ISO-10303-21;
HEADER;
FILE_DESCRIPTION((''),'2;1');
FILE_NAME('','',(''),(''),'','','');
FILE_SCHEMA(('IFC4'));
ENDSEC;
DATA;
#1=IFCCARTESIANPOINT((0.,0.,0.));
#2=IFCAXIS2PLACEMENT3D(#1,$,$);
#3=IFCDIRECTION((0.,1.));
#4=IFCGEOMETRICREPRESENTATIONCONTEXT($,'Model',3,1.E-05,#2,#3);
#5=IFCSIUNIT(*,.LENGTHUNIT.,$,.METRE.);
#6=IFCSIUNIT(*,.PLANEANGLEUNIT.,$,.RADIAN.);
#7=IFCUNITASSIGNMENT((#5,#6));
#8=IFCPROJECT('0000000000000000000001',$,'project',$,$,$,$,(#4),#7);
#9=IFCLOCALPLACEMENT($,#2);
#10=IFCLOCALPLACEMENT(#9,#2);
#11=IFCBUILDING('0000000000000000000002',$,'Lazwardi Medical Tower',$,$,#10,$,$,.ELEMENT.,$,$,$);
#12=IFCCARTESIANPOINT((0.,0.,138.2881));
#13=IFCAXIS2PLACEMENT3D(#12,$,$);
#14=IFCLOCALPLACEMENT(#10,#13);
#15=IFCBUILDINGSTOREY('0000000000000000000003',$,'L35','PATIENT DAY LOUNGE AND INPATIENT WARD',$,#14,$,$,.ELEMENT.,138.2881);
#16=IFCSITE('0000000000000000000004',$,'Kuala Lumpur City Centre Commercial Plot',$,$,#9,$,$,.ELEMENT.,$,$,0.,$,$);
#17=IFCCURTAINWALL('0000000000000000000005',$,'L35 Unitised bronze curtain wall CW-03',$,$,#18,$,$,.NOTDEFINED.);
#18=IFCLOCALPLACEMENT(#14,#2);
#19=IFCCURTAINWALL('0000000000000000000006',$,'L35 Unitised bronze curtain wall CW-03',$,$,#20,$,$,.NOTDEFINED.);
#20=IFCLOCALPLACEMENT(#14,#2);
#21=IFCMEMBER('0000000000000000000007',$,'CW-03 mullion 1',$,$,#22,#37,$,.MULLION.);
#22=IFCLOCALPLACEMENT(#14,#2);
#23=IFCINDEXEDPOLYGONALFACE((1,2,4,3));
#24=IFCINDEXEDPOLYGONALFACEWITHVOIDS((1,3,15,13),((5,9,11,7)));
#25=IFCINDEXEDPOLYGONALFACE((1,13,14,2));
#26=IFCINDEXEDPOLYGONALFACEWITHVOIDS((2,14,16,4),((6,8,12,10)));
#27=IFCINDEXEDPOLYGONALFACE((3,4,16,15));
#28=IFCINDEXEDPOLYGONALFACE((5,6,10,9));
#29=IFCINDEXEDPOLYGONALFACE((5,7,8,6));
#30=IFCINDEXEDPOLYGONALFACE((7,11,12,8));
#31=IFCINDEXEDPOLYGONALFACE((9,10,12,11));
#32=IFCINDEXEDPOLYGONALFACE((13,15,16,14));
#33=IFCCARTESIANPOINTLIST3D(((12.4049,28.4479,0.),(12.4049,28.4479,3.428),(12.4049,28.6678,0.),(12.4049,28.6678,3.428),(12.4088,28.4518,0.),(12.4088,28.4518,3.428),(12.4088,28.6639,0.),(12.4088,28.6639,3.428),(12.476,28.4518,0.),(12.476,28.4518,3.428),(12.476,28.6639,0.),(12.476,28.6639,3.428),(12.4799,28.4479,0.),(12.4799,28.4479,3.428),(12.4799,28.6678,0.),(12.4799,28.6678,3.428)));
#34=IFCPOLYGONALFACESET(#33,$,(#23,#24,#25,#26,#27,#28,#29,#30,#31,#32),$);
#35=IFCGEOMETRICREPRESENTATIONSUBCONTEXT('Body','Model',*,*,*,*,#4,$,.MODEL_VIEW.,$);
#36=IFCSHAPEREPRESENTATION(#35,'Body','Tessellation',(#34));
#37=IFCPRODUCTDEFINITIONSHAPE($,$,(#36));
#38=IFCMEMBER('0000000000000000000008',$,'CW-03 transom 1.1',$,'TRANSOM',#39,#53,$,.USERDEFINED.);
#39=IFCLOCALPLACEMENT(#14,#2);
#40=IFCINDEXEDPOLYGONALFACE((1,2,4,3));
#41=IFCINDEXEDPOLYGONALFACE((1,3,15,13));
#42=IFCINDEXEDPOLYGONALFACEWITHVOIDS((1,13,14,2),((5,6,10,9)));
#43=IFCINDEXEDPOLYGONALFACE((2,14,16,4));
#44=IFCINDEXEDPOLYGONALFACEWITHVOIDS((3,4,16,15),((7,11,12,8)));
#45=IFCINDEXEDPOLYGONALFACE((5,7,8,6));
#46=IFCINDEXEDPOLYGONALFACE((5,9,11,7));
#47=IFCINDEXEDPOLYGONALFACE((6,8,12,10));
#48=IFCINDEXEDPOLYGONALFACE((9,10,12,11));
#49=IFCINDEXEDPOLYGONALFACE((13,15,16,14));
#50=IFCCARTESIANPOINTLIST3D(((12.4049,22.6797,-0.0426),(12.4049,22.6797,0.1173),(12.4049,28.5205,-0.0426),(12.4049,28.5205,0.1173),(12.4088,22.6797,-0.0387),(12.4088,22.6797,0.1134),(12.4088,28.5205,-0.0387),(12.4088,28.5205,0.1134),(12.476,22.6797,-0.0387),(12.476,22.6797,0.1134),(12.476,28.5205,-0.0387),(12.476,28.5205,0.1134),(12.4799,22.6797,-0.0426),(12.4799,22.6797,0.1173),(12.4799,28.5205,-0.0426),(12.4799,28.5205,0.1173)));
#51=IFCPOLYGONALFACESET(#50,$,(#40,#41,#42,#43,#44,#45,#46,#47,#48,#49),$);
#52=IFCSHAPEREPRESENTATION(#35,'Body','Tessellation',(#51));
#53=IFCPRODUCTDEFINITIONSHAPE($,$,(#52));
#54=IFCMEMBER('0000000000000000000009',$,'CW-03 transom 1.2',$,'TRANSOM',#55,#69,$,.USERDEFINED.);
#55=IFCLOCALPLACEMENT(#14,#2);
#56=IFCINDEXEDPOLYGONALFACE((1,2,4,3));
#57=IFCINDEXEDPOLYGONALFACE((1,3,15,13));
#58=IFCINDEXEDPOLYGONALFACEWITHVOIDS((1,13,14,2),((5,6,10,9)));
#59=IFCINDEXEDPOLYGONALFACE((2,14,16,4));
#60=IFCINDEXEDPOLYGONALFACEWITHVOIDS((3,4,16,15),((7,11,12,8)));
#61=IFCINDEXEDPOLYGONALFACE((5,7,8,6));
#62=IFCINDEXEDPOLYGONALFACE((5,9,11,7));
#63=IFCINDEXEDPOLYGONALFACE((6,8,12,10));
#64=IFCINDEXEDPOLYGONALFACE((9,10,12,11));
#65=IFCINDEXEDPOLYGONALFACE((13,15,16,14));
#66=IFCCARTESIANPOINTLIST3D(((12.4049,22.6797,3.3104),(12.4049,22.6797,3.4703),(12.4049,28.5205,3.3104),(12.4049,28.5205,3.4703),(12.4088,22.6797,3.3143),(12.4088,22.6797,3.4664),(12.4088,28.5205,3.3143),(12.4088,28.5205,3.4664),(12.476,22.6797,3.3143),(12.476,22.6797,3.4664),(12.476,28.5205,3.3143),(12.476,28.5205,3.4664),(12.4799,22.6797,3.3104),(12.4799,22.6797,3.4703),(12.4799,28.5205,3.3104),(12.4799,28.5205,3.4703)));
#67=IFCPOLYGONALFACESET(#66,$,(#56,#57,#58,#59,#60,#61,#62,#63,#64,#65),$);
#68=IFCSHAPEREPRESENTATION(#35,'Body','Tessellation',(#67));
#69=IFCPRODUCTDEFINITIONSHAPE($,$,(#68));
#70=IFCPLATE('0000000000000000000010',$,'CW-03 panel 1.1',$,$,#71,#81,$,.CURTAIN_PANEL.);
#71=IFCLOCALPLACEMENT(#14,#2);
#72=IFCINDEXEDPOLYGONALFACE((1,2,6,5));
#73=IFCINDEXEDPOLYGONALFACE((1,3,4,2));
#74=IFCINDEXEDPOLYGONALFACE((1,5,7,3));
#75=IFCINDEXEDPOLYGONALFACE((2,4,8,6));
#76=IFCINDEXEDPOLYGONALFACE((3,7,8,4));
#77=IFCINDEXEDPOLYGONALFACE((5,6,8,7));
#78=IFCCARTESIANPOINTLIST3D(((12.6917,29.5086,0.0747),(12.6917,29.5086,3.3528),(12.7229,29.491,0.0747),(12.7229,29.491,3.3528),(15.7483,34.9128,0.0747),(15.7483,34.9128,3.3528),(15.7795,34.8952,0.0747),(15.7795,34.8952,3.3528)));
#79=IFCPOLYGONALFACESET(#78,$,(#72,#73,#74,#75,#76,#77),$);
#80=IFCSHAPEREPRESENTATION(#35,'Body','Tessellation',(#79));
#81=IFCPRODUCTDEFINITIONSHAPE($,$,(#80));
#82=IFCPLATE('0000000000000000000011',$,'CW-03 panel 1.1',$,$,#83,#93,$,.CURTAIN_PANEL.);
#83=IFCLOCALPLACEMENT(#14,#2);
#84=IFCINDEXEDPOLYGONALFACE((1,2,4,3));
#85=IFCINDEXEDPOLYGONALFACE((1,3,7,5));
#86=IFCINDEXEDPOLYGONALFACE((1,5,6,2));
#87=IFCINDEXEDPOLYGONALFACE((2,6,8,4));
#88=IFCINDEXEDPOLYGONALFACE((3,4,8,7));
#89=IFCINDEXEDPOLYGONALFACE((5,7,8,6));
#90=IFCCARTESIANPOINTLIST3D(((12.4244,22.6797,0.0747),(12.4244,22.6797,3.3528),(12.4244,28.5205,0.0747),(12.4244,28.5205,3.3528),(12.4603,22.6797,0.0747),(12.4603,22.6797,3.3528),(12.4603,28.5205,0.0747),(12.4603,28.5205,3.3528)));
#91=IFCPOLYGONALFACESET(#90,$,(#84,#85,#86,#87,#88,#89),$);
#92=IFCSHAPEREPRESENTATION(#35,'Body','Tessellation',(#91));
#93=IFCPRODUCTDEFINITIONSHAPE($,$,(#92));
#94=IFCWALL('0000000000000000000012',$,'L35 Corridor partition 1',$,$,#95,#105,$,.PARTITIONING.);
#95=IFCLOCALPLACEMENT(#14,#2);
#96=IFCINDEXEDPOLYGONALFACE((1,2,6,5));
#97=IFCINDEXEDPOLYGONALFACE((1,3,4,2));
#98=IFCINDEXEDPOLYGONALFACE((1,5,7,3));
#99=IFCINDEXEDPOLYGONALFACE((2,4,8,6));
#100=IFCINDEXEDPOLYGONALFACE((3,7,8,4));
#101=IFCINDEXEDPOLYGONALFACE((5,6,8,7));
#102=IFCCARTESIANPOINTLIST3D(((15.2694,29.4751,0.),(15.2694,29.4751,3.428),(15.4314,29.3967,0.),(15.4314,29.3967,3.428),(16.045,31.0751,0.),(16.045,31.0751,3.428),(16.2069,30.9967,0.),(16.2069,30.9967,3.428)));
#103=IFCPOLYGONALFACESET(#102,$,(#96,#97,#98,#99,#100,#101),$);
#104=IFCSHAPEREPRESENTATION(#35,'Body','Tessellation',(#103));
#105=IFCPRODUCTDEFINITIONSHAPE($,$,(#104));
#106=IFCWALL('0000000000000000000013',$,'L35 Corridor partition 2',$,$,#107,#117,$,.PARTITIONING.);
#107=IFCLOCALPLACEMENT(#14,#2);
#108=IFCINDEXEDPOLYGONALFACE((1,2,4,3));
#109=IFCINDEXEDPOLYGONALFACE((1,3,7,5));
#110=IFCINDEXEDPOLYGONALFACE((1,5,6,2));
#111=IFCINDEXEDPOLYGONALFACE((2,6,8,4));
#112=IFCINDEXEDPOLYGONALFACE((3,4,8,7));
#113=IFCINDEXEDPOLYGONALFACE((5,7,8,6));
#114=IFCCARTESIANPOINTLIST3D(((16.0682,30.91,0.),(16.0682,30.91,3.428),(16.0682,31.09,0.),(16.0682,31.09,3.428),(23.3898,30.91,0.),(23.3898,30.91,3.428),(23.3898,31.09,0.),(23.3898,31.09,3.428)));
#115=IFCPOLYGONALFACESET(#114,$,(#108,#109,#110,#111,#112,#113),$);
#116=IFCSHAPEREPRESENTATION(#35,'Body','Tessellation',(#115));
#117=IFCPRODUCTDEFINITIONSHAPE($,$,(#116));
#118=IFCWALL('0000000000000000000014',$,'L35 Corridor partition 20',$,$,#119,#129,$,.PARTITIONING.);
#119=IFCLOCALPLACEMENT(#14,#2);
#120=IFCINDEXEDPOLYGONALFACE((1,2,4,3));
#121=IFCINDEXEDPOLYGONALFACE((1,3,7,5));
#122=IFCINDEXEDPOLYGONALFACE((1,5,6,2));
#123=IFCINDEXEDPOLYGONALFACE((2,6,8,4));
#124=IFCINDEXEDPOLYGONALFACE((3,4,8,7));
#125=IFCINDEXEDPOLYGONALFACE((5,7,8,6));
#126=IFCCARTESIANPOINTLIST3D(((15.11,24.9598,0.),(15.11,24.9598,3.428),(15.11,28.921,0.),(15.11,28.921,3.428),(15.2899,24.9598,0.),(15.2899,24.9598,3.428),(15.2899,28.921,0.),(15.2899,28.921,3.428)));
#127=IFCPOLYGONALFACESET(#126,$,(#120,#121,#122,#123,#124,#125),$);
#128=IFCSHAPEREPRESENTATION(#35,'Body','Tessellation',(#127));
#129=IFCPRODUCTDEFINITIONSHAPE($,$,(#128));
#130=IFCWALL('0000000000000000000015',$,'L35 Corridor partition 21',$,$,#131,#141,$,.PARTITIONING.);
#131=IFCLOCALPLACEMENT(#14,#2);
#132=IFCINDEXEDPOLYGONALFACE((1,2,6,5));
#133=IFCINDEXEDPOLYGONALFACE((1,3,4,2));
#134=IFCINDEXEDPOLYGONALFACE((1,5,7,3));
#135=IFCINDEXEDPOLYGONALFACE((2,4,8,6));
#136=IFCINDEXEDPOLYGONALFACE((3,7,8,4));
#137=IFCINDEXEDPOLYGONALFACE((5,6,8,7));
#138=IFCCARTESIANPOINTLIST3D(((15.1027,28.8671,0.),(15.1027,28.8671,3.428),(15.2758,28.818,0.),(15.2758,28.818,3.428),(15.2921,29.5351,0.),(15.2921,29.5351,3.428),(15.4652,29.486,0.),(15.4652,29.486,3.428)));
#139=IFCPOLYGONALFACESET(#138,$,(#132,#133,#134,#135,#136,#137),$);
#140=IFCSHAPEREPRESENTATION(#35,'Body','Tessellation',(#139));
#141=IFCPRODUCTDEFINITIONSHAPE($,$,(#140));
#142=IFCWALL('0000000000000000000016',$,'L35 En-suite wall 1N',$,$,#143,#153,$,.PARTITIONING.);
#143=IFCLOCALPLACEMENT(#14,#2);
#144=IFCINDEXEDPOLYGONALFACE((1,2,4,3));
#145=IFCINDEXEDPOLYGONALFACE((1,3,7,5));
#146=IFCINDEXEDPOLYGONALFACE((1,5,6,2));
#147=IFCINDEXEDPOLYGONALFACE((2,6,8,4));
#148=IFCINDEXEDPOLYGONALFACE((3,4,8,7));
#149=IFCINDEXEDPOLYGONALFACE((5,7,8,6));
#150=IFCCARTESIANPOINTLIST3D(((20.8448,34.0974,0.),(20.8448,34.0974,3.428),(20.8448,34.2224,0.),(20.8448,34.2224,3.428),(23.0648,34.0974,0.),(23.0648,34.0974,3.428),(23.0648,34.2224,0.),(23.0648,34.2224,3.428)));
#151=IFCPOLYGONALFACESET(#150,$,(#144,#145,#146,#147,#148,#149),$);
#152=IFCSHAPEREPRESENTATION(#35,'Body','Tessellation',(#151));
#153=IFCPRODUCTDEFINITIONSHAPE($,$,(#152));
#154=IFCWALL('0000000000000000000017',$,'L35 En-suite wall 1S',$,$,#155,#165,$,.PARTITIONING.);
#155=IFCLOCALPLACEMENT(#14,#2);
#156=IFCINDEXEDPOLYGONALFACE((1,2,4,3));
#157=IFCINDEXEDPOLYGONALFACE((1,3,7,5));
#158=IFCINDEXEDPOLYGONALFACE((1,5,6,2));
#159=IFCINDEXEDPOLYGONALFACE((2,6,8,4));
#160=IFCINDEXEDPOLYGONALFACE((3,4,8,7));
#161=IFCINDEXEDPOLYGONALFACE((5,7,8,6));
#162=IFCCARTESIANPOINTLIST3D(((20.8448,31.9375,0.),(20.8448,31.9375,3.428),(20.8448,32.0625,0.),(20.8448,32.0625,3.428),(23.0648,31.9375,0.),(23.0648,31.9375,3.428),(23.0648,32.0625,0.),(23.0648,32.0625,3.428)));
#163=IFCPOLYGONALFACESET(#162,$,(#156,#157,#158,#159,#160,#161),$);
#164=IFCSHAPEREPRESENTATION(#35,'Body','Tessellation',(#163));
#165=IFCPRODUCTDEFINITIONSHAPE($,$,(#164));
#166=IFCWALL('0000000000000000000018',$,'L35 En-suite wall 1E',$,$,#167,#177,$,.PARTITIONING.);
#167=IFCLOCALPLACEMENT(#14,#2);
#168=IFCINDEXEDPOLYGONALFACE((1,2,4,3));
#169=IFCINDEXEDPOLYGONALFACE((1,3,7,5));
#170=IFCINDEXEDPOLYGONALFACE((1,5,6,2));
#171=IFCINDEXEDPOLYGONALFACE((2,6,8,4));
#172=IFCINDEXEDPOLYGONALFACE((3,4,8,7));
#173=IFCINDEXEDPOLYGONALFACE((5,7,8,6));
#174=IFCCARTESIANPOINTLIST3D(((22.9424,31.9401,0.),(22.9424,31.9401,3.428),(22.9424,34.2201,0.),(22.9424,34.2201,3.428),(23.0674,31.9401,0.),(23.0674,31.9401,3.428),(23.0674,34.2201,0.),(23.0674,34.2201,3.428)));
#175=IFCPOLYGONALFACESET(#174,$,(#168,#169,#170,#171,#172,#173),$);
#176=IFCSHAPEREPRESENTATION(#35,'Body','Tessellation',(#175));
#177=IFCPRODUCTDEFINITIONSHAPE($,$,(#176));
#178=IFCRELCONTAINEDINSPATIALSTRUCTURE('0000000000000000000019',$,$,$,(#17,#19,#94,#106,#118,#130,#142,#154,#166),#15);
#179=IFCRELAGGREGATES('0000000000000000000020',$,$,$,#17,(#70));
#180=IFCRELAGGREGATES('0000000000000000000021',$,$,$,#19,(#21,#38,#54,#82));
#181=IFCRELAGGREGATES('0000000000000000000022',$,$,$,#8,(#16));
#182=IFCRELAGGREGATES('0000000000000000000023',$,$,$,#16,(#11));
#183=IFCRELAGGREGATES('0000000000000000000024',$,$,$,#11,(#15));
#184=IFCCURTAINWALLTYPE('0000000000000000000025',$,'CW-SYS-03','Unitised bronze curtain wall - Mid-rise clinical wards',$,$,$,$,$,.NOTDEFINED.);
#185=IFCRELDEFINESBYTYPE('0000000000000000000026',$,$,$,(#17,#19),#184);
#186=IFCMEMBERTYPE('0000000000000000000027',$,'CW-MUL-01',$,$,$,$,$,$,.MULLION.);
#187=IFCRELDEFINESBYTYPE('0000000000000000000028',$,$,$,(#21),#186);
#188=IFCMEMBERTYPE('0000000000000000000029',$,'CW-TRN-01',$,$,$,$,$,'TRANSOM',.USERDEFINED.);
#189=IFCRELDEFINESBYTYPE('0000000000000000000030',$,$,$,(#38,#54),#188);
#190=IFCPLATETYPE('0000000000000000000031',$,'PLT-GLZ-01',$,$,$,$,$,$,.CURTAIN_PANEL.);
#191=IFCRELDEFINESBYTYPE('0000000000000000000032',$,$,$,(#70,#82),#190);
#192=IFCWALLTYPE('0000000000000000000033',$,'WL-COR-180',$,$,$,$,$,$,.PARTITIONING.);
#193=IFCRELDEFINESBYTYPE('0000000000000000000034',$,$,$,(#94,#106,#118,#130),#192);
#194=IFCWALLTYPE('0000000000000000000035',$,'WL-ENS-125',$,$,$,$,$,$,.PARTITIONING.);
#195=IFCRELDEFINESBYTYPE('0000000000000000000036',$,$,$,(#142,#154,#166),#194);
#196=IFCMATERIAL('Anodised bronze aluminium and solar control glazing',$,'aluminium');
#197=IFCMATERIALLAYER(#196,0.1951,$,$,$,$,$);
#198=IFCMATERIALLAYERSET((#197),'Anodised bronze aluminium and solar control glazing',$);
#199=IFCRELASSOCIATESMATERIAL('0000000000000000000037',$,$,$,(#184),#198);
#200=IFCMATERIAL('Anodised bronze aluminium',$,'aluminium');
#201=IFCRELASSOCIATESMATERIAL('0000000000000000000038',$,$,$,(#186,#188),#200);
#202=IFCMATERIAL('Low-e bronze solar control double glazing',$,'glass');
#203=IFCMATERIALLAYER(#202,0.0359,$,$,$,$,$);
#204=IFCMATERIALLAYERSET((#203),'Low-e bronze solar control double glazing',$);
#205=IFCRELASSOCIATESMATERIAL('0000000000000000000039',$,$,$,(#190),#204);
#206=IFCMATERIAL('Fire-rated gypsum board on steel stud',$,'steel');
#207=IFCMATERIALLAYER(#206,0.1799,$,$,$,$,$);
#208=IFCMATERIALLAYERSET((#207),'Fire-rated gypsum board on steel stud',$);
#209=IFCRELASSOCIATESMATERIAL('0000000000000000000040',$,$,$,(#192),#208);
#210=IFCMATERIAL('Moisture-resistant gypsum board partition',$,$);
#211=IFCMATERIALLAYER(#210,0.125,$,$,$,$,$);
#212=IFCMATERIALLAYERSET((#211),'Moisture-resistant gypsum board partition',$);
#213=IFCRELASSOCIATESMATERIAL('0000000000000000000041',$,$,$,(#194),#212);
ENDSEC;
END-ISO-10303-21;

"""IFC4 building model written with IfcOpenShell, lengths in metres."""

from ifc_helpers import new_model, si_unit, direction, frame, frame_2d, origin, origin_2d, place, context, subcontext, project, spatial, rectangle, hollow_rectangle, extrude, material, layer, layer_set, material_profile, profile_set, type_object, element, aggregate, save


model = new_model("IFC4")

# Units and contexts
model_context = context("Model", 3, precision=1e-05, world=origin(), true_north=direction((0.0, 1.0)))
body_context = subcontext(model_context, "Body", "Model", "MODEL_VIEW")
ifc_project = project(units=[si_unit("LENGTHUNIT", "METRE"), si_unit("PLANEANGLEUNIT", "RADIAN")], contexts=[model_context])

# Site, building, storey
site_placement = place(None, origin())
site = spatial("IfcSite", under=ifc_project, at=site_placement, Name="Kuala Lumpur City Centre Commercial Plot", CompositionType="ELEMENT", RefElevation=0.0)
building_placement = place(site_placement, origin())
building = spatial("IfcBuilding", under=site, at=building_placement, Name="Lazwardi Medical Tower", CompositionType="ELEMENT")
storey_placement = place(building_placement, frame((0.0, 0.0, 138.2881)))
storey = spatial("IfcBuildingStorey", under=building, at=storey_placement, Name="L35", Description="PATIENT DAY LOUNGE AND INPATIENT WARD", CompositionType="ELEMENT", Elevation=138.2881)

# Curtain wall
ifc_material_1 = material(Name="Anodised bronze aluminium and solar control glazing", Category="aluminium")
ifc_layer_1 = layer(ifc_material_1, 0.1951)
ifc_layer_set_1 = layer_set([ifc_layer_1], Name="Anodised bronze aluminium and solar control glazing")
curtain_wall_type = type_object("IfcCurtainWallType", Name="CW-SYS-03", Description="Unitised bronze curtain wall - Mid-rise clinical wards", PredefinedType="NOTDEFINED", material=ifc_layer_set_1)
curtain_wall_1_placement = place(storey_placement, origin())
curtain_wall_1 = element("IfcCurtainWall", 1, at=curtain_wall_1_placement, inside=storey, type_object=curtain_wall_type, Name="L35 Unitised bronze curtain wall CW-03", PredefinedType="NOTDEFINED")
ifc_material_2 = material(Name="Anodised bronze aluminium", Category="aluminium")
ifc_material_profile_1 = material_profile(ifc_material_2, hollow_rectangle(XDim=0.075, YDim=0.22, WallThickness=0.0039, at=origin_2d()), Name="ALU-MULLION 220x75x4")
ifc_profile_set_1 = profile_set([ifc_material_profile_1], Name="Anodised bronze aluminium")
member_type_1 = type_object("IfcMemberType", Name="CW-MUL-01", PredefinedType="MULLION", material=ifc_profile_set_1)

# Curtain wall, members
curtain_wall_2_placement = place(storey_placement, origin())
curtain_wall_2 = element("IfcCurtainWall", 2, at=curtain_wall_2_placement, inside=storey, type_object=curtain_wall_type, Name="L35 Unitised bronze curtain wall CW-03", PredefinedType="NOTDEFINED")
member_1_placement = place(storey_placement, frame((12.4424, 28.5579, 0.0), z_axis=(0.0, 0.0, 1.0), x_axis=(1.0, 0.0, 0.0)))
member_1 = element("IfcMember", 3, at=member_1_placement, type_object=member_type_1, Name="CW-03 mullion 1", PredefinedType="MULLION", context=body_context, shape_type="SweptSolid", body=[
    extrude(hollow_rectangle(XDim=0.075, YDim=0.22, WallThickness=0.0039, at=origin_2d()), origin(), (0.0, 0.0, 1.0), 3.428),
])
ifc_material_profile_2 = material_profile(ifc_material_2, hollow_rectangle(XDim=0.075, YDim=0.1599, WallThickness=0.0039, at=origin_2d()), Name="ALU-TRANSOM 160x75x4")
ifc_profile_set_2 = profile_set([ifc_material_profile_2], Name="Anodised bronze aluminium")
member_type_2 = type_object("IfcMemberType", Name="CW-TRN-01", ElementType="TRANSOM", PredefinedType="USERDEFINED", material=ifc_profile_set_2)
member_2_placement = place(storey_placement, frame((12.4424, 28.5205, 0.0374), z_axis=(0.0, -1.0, 0.0), x_axis=(1.0, 0.0, 0.0)))
member_2 = element("IfcMember", 4, at=member_2_placement, type_object=member_type_2, Name="CW-03 transom 1.1", ObjectType="TRANSOM", PredefinedType="USERDEFINED", context=body_context, shape_type="SweptSolid", body=[
    extrude(hollow_rectangle(XDim=0.075, YDim=0.1599, WallThickness=0.0039, at=origin_2d()), origin(), (0.0, 0.0, 1.0), 5.8408),
])
member_3_placement = place(storey_placement, frame((12.4424, 28.5205, 3.3904), z_axis=(0.0, -1.0, 0.0), x_axis=(1.0, 0.0, 0.0)))
member_3 = element("IfcMember", 5, at=member_3_placement, type_object=member_type_2, Name="CW-03 transom 1.2", ObjectType="TRANSOM", PredefinedType="USERDEFINED", context=body_context, shape_type="SweptSolid", body=[
    extrude(hollow_rectangle(XDim=0.075, YDim=0.1599, WallThickness=0.0039, at=origin_2d()), origin(), (0.0, 0.0, 1.0), 5.8408),
])

# Plates
ifc_material_3 = material(Name="Low-e bronze solar control double glazing", Category="glass")
ifc_layer_2 = layer(ifc_material_3, 0.0359)
ifc_layer_set_2 = layer_set([ifc_layer_2], Name="Low-e bronze solar control double glazing")
plate_type = type_object("IfcPlateType", Name="PLT-GLZ-01", PredefinedType="CURTAIN_PANEL", material=ifc_layer_set_2)
plate_1_placement = place(storey_placement, frame((14.2356, 32.2019, 0.0747), z_axis=(0.0, 0.0, 1.0), x_axis=(-0.492312, -0.870419, 0.0)))
plate_1 = element("IfcPlate", 6, at=plate_1_placement, type_object=plate_type, Name="CW-03 panel 1.1", PredefinedType="CURTAIN_PANEL", context=body_context, shape_type="SweptSolid", body=[
    extrude(rectangle(XDim=6.2087, YDim=0.0359, at=origin_2d()), origin(), (0.0, 0.0, 1.0), 3.2781),
])
aggregate(curtain_wall_1, [plate_1])
plate_2_placement = place(storey_placement, frame((12.4424, 25.6001, 0.0747), z_axis=(0.0, 0.0, 1.0), x_axis=(0.0, -1.0, 0.0)))
plate_2 = element("IfcPlate", 7, at=plate_2_placement, type_object=plate_type, Name="CW-03 panel 1.1", PredefinedType="CURTAIN_PANEL", context=body_context, shape_type="SweptSolid", body=[
    extrude(rectangle(XDim=5.8408, YDim=0.0359, at=origin_2d()), origin(), (0.0, 0.0, 1.0), 3.2781),
])
aggregate(curtain_wall_2, [member_1, member_2, member_3, plate_2])

# Walls
ifc_material_4 = material(Name="Fire-rated gypsum board on steel stud", Category="steel")
ifc_layer_3 = layer(ifc_material_4, 0.1799)
ifc_layer_set_3 = layer_set([ifc_layer_3], Name="Fire-rated gypsum board on steel stud")
wall_type_1 = type_object("IfcWallType", Name="WL-COR-180", PredefinedType="PARTITIONING", material=ifc_layer_set_3)
wall_1_placement = place(storey_placement, frame((15.3503, 29.4358, 0.0), z_axis=(0.0, 0.0, 1.0), x_axis=(0.436196, 0.899852, 0.0)))
element("IfcWall", 8, at=wall_1_placement, inside=storey, type_object=wall_type_1, Name="L35 Corridor partition 1", PredefinedType="PARTITIONING", context=body_context, shape_type="SweptSolid", body=[
    extrude(rectangle(XDim=1.7781, YDim=0.1799, at=frame_2d((0.8892, 0.0))), origin(), (0.0, 0.0, 1.0), 3.428),
])
wall_2_placement = place(storey_placement, frame((16.0684, 31.0, 0.0), z_axis=(0.0, 0.0, 1.0), x_axis=(1.0, 0.0, 0.0)))
element("IfcWall", 9, at=wall_2_placement, inside=storey, type_object=wall_type_1, Name="L35 Corridor partition 2", PredefinedType="PARTITIONING", context=body_context, shape_type="SweptSolid", body=[
    extrude(rectangle(XDim=7.3215, YDim=0.1799, at=frame_2d((3.6606, 0.0))), origin(), (0.0, 0.0, 1.0), 3.428),
])
wall_3_placement = place(storey_placement, frame((15.2, 24.96, 0.0), z_axis=(0.0, 0.0, 1.0), x_axis=(0.0, 1.0, 0.0)))
element("IfcWall", 10, at=wall_3_placement, inside=storey, type_object=wall_type_1, Name="L35 Corridor partition 20", PredefinedType="PARTITIONING", context=body_context, shape_type="SweptSolid", body=[
    extrude(rectangle(XDim=3.9612, YDim=0.1799, at=frame_2d((1.9805, 0.0))), origin(), (0.0, 0.0, 1.0), 3.428),
])
wall_4_placement = place(storey_placement, frame((15.1892, 28.8425, 0.0), z_axis=(0.0, 0.0, 1.0), x_axis=(0.272863, 0.962053, 0.0)))
element("IfcWall", 11, at=wall_4_placement, inside=storey, type_object=wall_type_1, Name="L35 Corridor partition 21", PredefinedType="PARTITIONING", context=body_context, shape_type="SweptSolid", body=[
    extrude(rectangle(XDim=0.6943, YDim=0.1799, at=frame_2d((0.3472, 0.0))), origin(), (0.0, 0.0, 1.0), 3.428),
])
ifc_material_5 = material(Name="Moisture-resistant gypsum board partition")
ifc_layer_4 = layer(ifc_material_5, 0.125)
ifc_layer_set_4 = layer_set([ifc_layer_4], Name="Moisture-resistant gypsum board partition")
wall_type_2 = type_object("IfcWallType", Name="WL-ENS-125", PredefinedType="PARTITIONING", material=ifc_layer_set_4)
for number, where, z_axis, x_axis, name in (
    (12, (20.845, 34.1599, 0.0), (0.0, 0.0, 1.0), (1.0, 0.0, 0.0), "L35 En-suite wall 1N"),
    (13, (20.845, 32.0, 0.0), (0.0, 0.0, 1.0), (1.0, 0.0, 0.0), "L35 En-suite wall 1S"),
):
    element("IfcWall", number, at=place(storey_placement, frame(where, z_axis=z_axis, x_axis=x_axis)), inside=storey, type_object=wall_type_2, Name=name, PredefinedType="PARTITIONING", context=body_context, shape_type="SweptSolid", body=[
        extrude(rectangle(XDim=2.22, YDim=0.125, at=frame_2d((1.1099, 0.0))), origin(), (0.0, 0.0, 1.0), 3.428),
    ])
wall_5_placement = place(storey_placement, frame((23.0049, 31.9399, 0.0), z_axis=(0.0, 0.0, 1.0), x_axis=(0.0, 1.0, 0.0)))
element("IfcWall", 14, at=wall_5_placement, inside=storey, type_object=wall_type_2, Name="L35 En-suite wall 1E", PredefinedType="PARTITIONING", context=body_context, shape_type="SweptSolid", body=[
    extrude(rectangle(XDim=2.28, YDim=0.125, at=frame_2d((1.1401, 0.0))), origin(), (0.0, 0.0, 1.0), 3.428),
])

save(model, "model.ifc")
